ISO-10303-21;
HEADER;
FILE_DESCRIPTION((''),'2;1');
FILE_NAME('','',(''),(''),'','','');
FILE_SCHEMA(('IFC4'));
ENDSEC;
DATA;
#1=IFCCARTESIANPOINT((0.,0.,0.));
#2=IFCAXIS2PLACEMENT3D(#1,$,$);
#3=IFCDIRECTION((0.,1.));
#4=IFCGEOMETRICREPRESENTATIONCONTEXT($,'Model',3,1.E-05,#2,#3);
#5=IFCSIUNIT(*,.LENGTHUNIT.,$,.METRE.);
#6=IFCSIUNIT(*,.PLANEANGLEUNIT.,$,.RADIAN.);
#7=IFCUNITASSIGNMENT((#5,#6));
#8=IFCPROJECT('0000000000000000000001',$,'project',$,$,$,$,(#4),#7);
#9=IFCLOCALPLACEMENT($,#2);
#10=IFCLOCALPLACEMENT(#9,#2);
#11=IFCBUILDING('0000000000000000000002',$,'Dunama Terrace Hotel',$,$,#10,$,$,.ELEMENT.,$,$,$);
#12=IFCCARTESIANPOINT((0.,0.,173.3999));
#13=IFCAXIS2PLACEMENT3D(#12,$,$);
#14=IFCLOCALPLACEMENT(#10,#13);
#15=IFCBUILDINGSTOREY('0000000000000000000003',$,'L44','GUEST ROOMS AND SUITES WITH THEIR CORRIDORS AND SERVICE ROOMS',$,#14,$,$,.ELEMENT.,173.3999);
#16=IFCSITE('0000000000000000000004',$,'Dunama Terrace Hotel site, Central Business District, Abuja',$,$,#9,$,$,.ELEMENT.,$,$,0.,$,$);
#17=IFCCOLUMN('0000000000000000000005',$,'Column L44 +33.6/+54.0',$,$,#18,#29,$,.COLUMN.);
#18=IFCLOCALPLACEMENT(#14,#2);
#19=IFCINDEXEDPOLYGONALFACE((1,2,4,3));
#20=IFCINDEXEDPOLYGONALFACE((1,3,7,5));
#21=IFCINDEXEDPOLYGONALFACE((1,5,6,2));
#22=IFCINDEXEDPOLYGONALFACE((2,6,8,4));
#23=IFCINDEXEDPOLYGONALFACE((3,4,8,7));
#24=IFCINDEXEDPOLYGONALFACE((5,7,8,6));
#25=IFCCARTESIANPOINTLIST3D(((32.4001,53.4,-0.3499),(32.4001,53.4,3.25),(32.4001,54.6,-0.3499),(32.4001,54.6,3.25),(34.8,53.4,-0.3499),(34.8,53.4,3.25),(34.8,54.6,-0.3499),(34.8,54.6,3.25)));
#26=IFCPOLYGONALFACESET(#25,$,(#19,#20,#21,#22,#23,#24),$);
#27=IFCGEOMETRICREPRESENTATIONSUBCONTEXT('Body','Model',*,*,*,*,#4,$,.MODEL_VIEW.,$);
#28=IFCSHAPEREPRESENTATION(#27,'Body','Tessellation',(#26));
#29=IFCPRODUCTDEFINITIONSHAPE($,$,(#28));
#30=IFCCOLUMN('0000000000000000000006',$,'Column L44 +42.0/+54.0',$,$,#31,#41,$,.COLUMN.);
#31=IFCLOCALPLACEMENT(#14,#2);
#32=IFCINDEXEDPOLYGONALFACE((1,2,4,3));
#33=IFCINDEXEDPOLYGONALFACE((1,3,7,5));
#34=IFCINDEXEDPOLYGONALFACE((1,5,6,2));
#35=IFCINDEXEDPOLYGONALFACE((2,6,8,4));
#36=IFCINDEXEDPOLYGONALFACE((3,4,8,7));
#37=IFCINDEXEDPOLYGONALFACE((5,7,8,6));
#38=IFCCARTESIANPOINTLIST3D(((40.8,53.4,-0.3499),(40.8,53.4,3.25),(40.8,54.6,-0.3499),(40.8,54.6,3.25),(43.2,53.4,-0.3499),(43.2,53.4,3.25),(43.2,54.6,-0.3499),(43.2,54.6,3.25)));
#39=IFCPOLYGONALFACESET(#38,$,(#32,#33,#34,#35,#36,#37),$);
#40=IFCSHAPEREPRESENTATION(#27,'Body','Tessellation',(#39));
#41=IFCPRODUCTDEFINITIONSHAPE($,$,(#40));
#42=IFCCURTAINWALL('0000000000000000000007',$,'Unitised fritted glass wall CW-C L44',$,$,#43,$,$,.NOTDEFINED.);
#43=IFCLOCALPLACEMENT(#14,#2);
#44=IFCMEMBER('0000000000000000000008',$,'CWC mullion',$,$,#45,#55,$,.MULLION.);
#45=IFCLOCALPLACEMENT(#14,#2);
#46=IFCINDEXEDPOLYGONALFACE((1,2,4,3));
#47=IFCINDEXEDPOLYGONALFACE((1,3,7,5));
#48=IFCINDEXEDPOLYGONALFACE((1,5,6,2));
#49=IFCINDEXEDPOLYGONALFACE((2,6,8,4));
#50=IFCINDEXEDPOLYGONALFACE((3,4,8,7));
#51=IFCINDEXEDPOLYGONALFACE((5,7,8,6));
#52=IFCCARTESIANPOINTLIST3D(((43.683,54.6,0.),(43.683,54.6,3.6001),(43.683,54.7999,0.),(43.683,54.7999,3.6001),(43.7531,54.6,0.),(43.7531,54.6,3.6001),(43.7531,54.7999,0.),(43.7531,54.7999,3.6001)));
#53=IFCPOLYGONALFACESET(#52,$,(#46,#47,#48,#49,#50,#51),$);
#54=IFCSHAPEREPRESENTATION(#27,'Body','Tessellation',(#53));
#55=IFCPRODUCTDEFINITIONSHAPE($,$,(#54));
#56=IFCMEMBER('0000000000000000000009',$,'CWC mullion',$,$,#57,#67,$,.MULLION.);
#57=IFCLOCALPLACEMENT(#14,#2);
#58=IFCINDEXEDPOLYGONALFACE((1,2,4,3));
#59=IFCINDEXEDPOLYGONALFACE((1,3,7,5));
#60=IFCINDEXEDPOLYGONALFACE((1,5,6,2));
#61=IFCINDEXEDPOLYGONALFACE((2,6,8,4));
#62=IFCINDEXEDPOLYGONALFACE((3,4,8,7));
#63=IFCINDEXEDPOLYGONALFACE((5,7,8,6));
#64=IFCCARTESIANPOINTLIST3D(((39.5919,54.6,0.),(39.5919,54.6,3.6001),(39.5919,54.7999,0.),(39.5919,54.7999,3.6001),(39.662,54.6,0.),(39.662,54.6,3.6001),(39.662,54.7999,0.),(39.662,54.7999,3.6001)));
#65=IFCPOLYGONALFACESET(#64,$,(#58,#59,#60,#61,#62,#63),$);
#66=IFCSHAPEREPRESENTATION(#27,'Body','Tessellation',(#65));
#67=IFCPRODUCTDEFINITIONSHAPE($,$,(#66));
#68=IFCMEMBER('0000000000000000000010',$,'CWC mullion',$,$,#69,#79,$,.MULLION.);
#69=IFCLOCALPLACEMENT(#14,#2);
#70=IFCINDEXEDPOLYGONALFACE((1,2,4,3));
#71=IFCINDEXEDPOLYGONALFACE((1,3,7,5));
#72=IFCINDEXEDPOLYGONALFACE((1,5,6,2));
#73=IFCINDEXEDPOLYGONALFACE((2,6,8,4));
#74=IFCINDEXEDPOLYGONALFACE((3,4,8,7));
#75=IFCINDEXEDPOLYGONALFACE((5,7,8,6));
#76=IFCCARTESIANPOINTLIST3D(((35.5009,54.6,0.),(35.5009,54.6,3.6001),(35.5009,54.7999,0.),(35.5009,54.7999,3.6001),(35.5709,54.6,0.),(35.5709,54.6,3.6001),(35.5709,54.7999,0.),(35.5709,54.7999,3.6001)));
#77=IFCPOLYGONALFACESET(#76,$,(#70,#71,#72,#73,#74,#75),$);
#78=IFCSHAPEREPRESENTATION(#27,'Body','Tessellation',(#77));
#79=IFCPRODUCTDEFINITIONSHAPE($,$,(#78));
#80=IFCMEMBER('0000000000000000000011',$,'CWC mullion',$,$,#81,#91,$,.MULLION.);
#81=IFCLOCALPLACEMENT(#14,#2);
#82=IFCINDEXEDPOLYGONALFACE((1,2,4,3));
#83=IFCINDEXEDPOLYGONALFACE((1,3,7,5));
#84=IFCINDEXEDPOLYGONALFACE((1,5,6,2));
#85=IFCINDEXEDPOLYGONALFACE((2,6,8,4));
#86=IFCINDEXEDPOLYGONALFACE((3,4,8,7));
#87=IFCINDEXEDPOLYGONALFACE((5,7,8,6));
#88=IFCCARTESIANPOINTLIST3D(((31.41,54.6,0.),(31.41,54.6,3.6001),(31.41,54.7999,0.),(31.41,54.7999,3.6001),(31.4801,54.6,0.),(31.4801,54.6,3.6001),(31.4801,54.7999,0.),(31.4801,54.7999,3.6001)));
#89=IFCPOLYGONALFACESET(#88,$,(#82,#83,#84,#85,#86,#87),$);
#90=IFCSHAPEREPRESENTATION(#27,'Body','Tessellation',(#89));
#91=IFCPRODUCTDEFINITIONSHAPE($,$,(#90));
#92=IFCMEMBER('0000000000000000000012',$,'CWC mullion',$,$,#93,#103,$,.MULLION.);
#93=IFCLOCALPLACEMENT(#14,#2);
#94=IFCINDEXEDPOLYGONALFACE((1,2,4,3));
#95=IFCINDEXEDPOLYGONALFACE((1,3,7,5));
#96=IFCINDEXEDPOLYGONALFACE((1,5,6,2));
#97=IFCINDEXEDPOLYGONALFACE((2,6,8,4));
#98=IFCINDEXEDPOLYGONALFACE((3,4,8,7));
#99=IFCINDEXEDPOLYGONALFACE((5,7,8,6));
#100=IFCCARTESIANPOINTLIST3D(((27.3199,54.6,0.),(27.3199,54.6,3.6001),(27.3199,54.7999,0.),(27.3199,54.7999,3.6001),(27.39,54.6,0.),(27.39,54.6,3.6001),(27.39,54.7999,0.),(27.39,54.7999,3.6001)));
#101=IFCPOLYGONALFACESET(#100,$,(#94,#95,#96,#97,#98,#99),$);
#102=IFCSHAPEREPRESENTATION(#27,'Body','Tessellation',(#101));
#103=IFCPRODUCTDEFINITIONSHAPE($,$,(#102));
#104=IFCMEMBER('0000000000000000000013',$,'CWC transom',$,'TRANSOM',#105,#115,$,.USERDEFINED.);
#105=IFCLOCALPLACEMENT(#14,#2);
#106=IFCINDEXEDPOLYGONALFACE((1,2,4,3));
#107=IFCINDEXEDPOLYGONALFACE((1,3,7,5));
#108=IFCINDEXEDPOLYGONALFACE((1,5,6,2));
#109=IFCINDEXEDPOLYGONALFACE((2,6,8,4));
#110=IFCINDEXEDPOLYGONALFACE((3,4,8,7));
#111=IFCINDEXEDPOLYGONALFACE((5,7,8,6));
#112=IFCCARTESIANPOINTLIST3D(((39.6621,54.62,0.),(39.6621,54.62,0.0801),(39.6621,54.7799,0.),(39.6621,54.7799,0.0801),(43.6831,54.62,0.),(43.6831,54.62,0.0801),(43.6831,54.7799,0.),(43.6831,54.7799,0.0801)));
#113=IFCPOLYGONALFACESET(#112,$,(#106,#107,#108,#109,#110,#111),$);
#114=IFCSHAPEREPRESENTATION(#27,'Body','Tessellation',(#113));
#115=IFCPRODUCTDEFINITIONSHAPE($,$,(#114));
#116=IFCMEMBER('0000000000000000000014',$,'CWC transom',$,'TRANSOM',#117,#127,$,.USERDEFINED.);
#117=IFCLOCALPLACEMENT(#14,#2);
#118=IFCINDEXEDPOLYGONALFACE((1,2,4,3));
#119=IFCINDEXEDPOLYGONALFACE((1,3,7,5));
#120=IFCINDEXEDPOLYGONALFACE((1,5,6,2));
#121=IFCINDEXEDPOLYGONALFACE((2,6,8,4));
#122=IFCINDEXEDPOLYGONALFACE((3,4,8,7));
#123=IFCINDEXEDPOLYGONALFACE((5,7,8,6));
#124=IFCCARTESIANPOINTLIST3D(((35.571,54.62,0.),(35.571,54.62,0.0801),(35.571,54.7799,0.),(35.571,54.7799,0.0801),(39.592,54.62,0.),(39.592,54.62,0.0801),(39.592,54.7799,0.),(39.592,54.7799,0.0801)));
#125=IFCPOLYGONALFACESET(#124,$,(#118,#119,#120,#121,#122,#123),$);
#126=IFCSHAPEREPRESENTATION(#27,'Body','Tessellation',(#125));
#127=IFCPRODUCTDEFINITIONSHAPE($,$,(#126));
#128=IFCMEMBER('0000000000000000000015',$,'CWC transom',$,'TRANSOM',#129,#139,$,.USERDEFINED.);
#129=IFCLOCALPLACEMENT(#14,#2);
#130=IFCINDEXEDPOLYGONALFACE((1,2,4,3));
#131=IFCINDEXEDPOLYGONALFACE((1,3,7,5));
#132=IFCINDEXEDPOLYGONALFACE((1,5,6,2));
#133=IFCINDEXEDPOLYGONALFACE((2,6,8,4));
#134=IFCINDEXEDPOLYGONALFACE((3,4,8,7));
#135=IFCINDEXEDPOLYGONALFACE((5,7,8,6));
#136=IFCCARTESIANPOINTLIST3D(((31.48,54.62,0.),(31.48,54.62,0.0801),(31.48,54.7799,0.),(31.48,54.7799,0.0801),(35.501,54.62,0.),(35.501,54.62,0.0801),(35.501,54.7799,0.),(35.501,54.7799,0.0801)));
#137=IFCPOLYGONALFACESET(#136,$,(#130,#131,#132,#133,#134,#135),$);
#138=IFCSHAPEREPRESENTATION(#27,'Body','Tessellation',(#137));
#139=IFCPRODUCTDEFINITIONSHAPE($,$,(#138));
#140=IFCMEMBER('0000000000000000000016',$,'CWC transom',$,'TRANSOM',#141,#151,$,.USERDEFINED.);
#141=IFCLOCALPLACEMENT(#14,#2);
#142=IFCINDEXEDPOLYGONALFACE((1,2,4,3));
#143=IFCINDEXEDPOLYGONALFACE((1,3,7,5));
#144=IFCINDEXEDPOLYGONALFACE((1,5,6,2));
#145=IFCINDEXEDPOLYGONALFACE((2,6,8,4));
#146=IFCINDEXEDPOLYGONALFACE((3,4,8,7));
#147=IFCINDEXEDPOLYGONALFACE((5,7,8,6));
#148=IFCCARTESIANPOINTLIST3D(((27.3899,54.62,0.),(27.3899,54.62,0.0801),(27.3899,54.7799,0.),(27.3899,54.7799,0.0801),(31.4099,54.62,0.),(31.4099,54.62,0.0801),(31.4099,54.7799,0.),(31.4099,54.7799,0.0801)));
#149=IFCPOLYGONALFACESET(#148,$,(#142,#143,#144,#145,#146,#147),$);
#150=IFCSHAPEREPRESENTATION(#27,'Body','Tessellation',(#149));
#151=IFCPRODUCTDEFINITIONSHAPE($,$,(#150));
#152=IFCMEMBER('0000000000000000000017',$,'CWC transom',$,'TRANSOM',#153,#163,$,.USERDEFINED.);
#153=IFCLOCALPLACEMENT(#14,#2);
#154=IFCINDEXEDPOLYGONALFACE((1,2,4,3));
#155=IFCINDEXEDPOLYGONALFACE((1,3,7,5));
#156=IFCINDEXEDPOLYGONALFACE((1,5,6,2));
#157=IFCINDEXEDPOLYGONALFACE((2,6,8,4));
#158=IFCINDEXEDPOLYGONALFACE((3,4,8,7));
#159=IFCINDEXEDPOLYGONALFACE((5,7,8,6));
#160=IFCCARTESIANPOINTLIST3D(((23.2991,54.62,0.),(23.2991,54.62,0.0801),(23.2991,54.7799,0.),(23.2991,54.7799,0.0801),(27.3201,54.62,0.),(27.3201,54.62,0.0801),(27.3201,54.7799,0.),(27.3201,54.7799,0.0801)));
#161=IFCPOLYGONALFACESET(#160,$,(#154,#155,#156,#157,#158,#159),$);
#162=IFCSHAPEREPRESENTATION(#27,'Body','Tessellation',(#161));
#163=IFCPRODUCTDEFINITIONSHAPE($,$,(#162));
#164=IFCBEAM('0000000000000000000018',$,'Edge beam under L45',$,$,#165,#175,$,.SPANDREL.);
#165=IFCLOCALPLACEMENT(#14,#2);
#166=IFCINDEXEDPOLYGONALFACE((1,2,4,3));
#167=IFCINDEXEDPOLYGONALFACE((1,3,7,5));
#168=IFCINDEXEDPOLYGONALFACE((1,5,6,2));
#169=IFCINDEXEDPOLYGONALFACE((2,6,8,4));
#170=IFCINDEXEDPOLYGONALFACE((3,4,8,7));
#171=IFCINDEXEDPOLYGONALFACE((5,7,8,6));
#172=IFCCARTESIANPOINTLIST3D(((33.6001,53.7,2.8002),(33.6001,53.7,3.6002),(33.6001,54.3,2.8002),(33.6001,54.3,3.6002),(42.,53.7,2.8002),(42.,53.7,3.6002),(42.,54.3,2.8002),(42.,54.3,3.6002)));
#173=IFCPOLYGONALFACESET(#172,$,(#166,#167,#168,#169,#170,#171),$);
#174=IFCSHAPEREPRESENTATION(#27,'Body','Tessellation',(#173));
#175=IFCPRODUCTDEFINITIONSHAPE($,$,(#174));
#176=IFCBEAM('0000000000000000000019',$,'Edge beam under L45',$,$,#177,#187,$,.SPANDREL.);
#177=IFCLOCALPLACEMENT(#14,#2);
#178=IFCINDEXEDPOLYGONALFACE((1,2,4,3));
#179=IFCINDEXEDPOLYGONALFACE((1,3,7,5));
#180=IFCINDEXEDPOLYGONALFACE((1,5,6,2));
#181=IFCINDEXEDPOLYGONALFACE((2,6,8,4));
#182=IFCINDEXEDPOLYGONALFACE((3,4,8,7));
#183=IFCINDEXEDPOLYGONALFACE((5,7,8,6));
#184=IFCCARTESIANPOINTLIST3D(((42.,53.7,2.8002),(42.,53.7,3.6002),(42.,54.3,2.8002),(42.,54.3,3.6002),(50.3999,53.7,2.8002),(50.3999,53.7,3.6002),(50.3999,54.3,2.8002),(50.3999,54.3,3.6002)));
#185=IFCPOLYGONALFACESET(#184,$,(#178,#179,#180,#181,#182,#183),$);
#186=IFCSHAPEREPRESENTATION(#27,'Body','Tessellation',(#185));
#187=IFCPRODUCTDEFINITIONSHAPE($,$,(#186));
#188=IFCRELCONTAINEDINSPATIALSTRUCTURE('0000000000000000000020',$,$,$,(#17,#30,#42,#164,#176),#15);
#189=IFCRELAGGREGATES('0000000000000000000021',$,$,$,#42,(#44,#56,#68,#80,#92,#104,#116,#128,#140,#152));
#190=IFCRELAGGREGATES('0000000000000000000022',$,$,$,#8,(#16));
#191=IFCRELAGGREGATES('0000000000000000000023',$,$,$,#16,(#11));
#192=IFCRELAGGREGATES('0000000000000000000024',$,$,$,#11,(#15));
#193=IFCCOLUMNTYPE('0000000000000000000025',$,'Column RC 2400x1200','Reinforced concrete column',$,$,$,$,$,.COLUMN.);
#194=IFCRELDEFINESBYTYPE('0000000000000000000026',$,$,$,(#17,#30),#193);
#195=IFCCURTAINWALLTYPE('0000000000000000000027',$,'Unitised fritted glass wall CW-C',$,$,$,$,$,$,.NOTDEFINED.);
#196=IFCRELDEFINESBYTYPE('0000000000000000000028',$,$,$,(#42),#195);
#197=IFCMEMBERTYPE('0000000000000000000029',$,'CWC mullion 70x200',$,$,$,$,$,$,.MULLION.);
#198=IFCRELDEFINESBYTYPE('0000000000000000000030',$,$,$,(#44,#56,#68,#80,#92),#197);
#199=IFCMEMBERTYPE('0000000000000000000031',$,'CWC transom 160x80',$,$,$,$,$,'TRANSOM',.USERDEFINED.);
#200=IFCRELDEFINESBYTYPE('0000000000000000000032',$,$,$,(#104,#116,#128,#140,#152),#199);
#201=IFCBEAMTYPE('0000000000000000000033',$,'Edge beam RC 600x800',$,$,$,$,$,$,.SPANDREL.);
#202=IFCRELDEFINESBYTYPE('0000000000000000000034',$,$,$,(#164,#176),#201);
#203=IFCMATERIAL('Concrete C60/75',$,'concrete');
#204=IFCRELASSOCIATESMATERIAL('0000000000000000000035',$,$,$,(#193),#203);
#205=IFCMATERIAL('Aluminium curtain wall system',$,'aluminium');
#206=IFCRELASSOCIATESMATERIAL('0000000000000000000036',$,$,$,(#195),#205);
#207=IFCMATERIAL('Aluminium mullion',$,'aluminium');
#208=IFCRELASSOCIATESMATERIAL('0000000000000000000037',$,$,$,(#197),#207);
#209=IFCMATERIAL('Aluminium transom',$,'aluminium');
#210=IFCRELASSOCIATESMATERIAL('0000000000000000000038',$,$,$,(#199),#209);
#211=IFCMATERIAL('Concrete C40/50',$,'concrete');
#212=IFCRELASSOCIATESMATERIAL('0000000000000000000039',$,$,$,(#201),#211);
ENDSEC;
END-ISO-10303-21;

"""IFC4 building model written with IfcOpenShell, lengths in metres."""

from ifc_helpers import new_model, si_unit, direction, frame, origin, origin_2d, place, context, subcontext, project, spatial, rectangle, extrude, material, material_profile, profile_set, type_object, element, aggregate, save


model = new_model("IFC4")

# Units and contexts
model_context = context("Model", 3, precision=1e-05, world=origin(), true_north=direction((0.0, 1.0)))
body_context = subcontext(model_context, "Body", "Model", "MODEL_VIEW")
ifc_project = project(units=[si_unit("LENGTHUNIT", "METRE"), si_unit("PLANEANGLEUNIT", "RADIAN")], contexts=[model_context])

# Site, building, storey
site_placement = place(None, origin())
site = spatial("IfcSite", under=ifc_project, at=site_placement, Name="Dunama Terrace Hotel site, Central Business District, Abuja", CompositionType="ELEMENT", RefElevation=0.0)
building_placement = place(site_placement, origin())
building = spatial("IfcBuilding", under=site, at=building_placement, Name="Dunama Terrace Hotel", CompositionType="ELEMENT")
storey_placement = place(building_placement, frame((0.0, 0.0, 173.3999)))
storey = spatial("IfcBuildingStorey", under=building, at=storey_placement, Name="L44", Description="GUEST ROOMS AND SUITES WITH THEIR CORRIDORS AND SERVICE ROOMS", CompositionType="ELEMENT", Elevation=173.3999)

# Columns
ifc_material_1 = material(Name="Concrete C60/75", Category="concrete")
ifc_material_profile_1 = material_profile(ifc_material_1, rectangle(XDim=2.3999, YDim=1.2, at=origin_2d()), Name="RC 2400x1200")
ifc_profile_set_1 = profile_set([ifc_material_profile_1], Name="Concrete C60/75")
column_type = type_object("IfcColumnType", Name="Column RC 2400x1200", Description="Reinforced concrete column", PredefinedType="COLUMN", material=ifc_profile_set_1)
for number, where, z_axis, x_axis, name in (
    (1, (33.6001, 54.0, -0.3499), (0.0, 0.0, 1.0), (1.0, 0.0, 0.0), "Column L44 +33.6/+54.0"),
    (2, (42.0, 54.0, -0.3499), (0.0, 0.0, 1.0), (1.0, 0.0, 0.0), "Column L44 +42.0/+54.0"),
):
    element("IfcColumn", number, at=place(storey_placement, frame(where, z_axis=z_axis, x_axis=x_axis)), inside=storey, type_object=column_type, Name=name, PredefinedType="COLUMN", context=body_context, shape_type="SweptSolid", body=[
        extrude(rectangle(XDim=2.3999, YDim=1.2, at=origin_2d()), origin(), (0.0, 0.0, 1.0), 3.5999),
    ])

# Curtain wall, members
ifc_material_2 = material(Name="Aluminium curtain wall system", Category="aluminium")
curtain_wall_type = type_object("IfcCurtainWallType", Name="Unitised fritted glass wall CW-C", PredefinedType="NOTDEFINED", material=ifc_material_2)
curtain_wall_placement = place(storey_placement, origin())
curtain_wall = element("IfcCurtainWall", 3, at=curtain_wall_placement, inside=storey, type_object=curtain_wall_type, Name="Unitised fritted glass wall CW-C L44", PredefinedType="NOTDEFINED")
ifc_material_3 = material(Name="Aluminium mullion", Category="aluminium")
ifc_material_profile_2 = material_profile(ifc_material_3, rectangle(XDim=0.0701, YDim=0.2, at=origin_2d()), Name="CWC MULLION 70X200")
ifc_profile_set_2 = profile_set([ifc_material_profile_2], Name="Aluminium mullion")
member_type_1 = type_object("IfcMemberType", Name="CWC mullion 70x200", PredefinedType="MULLION", material=ifc_profile_set_2)
member_1_placement = place(storey_placement, frame((43.718, 54.7, 0.0), z_axis=(0.0, 0.0, 1.0), x_axis=(-1.0, 0.0, 0.0)))
member_1 = element("IfcMember", 4, at=member_1_placement, type_object=member_type_1, Name="CWC mullion", PredefinedType="MULLION", context=body_context, shape_type="SweptSolid", body=[
    extrude(rectangle(XDim=0.0701, YDim=0.2, at=origin_2d()), origin(), (0.0, 0.0, 1.0), 3.6001),
])
member_2_placement = place(storey_placement, frame((39.627, 54.7, 0.0), z_axis=(0.0, 0.0, 1.0), x_axis=(-1.0, 0.0, 0.0)))
member_2 = element("IfcMember", 5, at=member_2_placement, type_object=member_type_1, Name="CWC mullion", PredefinedType="MULLION", context=body_context, shape_type="SweptSolid", body=[
    extrude(rectangle(XDim=0.0701, YDim=0.2, at=origin_2d()), origin(), (0.0, 0.0, 1.0), 3.6001),
])
member_3_placement = place(storey_placement, frame((35.5359, 54.7, 0.0), z_axis=(0.0, 0.0, 1.0), x_axis=(-1.0, 0.0, 0.0)))
member_3 = element("IfcMember", 6, at=member_3_placement, type_object=member_type_1, Name="CWC mullion", PredefinedType="MULLION", context=body_context, shape_type="SweptSolid", body=[
    extrude(rectangle(XDim=0.0701, YDim=0.2, at=origin_2d()), origin(), (0.0, 0.0, 1.0), 3.6001),
])
member_4_placement = place(storey_placement, frame((31.4451, 54.7, 0.0), z_axis=(0.0, 0.0, 1.0), x_axis=(-1.0, 0.0, 0.0)))
member_4 = element("IfcMember", 7, at=member_4_placement, type_object=member_type_1, Name="CWC mullion", PredefinedType="MULLION", context=body_context, shape_type="SweptSolid", body=[
    extrude(rectangle(XDim=0.0701, YDim=0.2, at=origin_2d()), origin(), (0.0, 0.0, 1.0), 3.6001),
])
member_5_placement = place(storey_placement, frame((27.355, 54.7, 0.0), z_axis=(0.0, 0.0, 1.0), x_axis=(-1.0, 0.0, 0.0)))
member_5 = element("IfcMember", 8, at=member_5_placement, type_object=member_type_1, Name="CWC mullion", PredefinedType="MULLION", context=body_context, shape_type="SweptSolid", body=[
    extrude(rectangle(XDim=0.0701, YDim=0.2, at=origin_2d()), origin(), (0.0, 0.0, 1.0), 3.6001),
])
ifc_material_4 = material(Name="Aluminium transom", Category="aluminium")
ifc_material_profile_3 = material_profile(ifc_material_4, rectangle(XDim=0.1599, YDim=0.0801, at=origin_2d()), Name="CWC TRANSOM 160X80")
ifc_profile_set_3 = profile_set([ifc_material_profile_3], Name="Aluminium transom")
member_type_2 = type_object("IfcMemberType", Name="CWC transom 160x80", ElementType="TRANSOM", PredefinedType="USERDEFINED", material=ifc_profile_set_3)
member_6_placement = place(storey_placement, frame((43.6831, 54.7, 0.04), z_axis=(-1.0, 0.0, 0.0), x_axis=(0.0, -1.0, 0.0)))
member_6 = element("IfcMember", 9, at=member_6_placement, type_object=member_type_2, Name="CWC transom", ObjectType="TRANSOM", PredefinedType="USERDEFINED", context=body_context, shape_type="SweptSolid", body=[
    extrude(rectangle(XDim=0.1599, YDim=0.0801, at=origin_2d()), origin(), (0.0, 0.0, 1.0), 4.021),
])
member_7_placement = place(storey_placement, frame((39.592, 54.7, 0.04), z_axis=(-1.0, 0.0, 0.0), x_axis=(0.0, -1.0, 0.0)))
member_7 = element("IfcMember", 10, at=member_7_placement, type_object=member_type_2, Name="CWC transom", ObjectType="TRANSOM", PredefinedType="USERDEFINED", context=body_context, shape_type="SweptSolid", body=[
    extrude(rectangle(XDim=0.1599, YDim=0.0801, at=origin_2d()), origin(), (0.0, 0.0, 1.0), 4.021),
])
member_8_placement = place(storey_placement, frame((35.501, 54.7, 0.04), z_axis=(-1.0, 0.0, 0.0), x_axis=(0.0, -1.0, 0.0)))
member_8 = element("IfcMember", 11, at=member_8_placement, type_object=member_type_2, Name="CWC transom", ObjectType="TRANSOM", PredefinedType="USERDEFINED", context=body_context, shape_type="SweptSolid", body=[
    extrude(rectangle(XDim=0.1599, YDim=0.0801, at=origin_2d()), origin(), (0.0, 0.0, 1.0), 4.021),
])
member_9_placement = place(storey_placement, frame((31.4099, 54.7, 0.04), z_axis=(-1.0, 0.0, 0.0), x_axis=(0.0, -1.0, 0.0)))
member_9 = element("IfcMember", 12, at=member_9_placement, type_object=member_type_2, Name="CWC transom", ObjectType="TRANSOM", PredefinedType="USERDEFINED", context=body_context, shape_type="SweptSolid", body=[
    extrude(rectangle(XDim=0.1599, YDim=0.0801, at=origin_2d()), origin(), (0.0, 0.0, 1.0), 4.02),
])
member_10_placement = place(storey_placement, frame((27.3201, 54.7, 0.04), z_axis=(-1.0, 0.0, 0.0), x_axis=(0.0, -1.0, 0.0)))
member_10 = element("IfcMember", 13, at=member_10_placement, type_object=member_type_2, Name="CWC transom", ObjectType="TRANSOM", PredefinedType="USERDEFINED", context=body_context, shape_type="SweptSolid", body=[
    extrude(rectangle(XDim=0.1599, YDim=0.0801, at=origin_2d()), origin(), (0.0, 0.0, 1.0), 4.021),
])

# Beams
ifc_material_5 = material(Name="Concrete C40/50", Category="concrete")
ifc_material_profile_4 = material_profile(ifc_material_5, rectangle(XDim=0.6001, YDim=0.8, at=origin_2d()), Name="RC 600x800")
ifc_profile_set_4 = profile_set([ifc_material_profile_4], Name="Concrete C40/50")
beam_type = type_object("IfcBeamType", Name="Edge beam RC 600x800", PredefinedType="SPANDREL", material=ifc_profile_set_4)
for number, where, z_axis, x_axis, name in (
    (14, (33.6001, 54.0, 3.2002), (1.0, 0.0, 0.0), (0.0, 1.0, 0.0), "Edge beam under L45"),
    (15, (42.0, 54.0, 3.2002), (1.0, 0.0, 0.0), (0.0, 1.0, 0.0), "Edge beam under L45"),
):
    element("IfcBeam", number, at=place(storey_placement, frame(where, z_axis=z_axis, x_axis=x_axis)), inside=storey, type_object=beam_type, Name=name, PredefinedType="SPANDREL", context=body_context, shape_type="SweptSolid", body=[
        extrude(rectangle(XDim=0.6001, YDim=0.8, at=origin_2d()), origin(), (0.0, 0.0, 1.0), 8.3999),
    ])

aggregate(curtain_wall, [member_1, member_2, member_3, member_4, member_5, member_6, member_7, member_8, member_9, member_10])

save(model, "model.ifc")
